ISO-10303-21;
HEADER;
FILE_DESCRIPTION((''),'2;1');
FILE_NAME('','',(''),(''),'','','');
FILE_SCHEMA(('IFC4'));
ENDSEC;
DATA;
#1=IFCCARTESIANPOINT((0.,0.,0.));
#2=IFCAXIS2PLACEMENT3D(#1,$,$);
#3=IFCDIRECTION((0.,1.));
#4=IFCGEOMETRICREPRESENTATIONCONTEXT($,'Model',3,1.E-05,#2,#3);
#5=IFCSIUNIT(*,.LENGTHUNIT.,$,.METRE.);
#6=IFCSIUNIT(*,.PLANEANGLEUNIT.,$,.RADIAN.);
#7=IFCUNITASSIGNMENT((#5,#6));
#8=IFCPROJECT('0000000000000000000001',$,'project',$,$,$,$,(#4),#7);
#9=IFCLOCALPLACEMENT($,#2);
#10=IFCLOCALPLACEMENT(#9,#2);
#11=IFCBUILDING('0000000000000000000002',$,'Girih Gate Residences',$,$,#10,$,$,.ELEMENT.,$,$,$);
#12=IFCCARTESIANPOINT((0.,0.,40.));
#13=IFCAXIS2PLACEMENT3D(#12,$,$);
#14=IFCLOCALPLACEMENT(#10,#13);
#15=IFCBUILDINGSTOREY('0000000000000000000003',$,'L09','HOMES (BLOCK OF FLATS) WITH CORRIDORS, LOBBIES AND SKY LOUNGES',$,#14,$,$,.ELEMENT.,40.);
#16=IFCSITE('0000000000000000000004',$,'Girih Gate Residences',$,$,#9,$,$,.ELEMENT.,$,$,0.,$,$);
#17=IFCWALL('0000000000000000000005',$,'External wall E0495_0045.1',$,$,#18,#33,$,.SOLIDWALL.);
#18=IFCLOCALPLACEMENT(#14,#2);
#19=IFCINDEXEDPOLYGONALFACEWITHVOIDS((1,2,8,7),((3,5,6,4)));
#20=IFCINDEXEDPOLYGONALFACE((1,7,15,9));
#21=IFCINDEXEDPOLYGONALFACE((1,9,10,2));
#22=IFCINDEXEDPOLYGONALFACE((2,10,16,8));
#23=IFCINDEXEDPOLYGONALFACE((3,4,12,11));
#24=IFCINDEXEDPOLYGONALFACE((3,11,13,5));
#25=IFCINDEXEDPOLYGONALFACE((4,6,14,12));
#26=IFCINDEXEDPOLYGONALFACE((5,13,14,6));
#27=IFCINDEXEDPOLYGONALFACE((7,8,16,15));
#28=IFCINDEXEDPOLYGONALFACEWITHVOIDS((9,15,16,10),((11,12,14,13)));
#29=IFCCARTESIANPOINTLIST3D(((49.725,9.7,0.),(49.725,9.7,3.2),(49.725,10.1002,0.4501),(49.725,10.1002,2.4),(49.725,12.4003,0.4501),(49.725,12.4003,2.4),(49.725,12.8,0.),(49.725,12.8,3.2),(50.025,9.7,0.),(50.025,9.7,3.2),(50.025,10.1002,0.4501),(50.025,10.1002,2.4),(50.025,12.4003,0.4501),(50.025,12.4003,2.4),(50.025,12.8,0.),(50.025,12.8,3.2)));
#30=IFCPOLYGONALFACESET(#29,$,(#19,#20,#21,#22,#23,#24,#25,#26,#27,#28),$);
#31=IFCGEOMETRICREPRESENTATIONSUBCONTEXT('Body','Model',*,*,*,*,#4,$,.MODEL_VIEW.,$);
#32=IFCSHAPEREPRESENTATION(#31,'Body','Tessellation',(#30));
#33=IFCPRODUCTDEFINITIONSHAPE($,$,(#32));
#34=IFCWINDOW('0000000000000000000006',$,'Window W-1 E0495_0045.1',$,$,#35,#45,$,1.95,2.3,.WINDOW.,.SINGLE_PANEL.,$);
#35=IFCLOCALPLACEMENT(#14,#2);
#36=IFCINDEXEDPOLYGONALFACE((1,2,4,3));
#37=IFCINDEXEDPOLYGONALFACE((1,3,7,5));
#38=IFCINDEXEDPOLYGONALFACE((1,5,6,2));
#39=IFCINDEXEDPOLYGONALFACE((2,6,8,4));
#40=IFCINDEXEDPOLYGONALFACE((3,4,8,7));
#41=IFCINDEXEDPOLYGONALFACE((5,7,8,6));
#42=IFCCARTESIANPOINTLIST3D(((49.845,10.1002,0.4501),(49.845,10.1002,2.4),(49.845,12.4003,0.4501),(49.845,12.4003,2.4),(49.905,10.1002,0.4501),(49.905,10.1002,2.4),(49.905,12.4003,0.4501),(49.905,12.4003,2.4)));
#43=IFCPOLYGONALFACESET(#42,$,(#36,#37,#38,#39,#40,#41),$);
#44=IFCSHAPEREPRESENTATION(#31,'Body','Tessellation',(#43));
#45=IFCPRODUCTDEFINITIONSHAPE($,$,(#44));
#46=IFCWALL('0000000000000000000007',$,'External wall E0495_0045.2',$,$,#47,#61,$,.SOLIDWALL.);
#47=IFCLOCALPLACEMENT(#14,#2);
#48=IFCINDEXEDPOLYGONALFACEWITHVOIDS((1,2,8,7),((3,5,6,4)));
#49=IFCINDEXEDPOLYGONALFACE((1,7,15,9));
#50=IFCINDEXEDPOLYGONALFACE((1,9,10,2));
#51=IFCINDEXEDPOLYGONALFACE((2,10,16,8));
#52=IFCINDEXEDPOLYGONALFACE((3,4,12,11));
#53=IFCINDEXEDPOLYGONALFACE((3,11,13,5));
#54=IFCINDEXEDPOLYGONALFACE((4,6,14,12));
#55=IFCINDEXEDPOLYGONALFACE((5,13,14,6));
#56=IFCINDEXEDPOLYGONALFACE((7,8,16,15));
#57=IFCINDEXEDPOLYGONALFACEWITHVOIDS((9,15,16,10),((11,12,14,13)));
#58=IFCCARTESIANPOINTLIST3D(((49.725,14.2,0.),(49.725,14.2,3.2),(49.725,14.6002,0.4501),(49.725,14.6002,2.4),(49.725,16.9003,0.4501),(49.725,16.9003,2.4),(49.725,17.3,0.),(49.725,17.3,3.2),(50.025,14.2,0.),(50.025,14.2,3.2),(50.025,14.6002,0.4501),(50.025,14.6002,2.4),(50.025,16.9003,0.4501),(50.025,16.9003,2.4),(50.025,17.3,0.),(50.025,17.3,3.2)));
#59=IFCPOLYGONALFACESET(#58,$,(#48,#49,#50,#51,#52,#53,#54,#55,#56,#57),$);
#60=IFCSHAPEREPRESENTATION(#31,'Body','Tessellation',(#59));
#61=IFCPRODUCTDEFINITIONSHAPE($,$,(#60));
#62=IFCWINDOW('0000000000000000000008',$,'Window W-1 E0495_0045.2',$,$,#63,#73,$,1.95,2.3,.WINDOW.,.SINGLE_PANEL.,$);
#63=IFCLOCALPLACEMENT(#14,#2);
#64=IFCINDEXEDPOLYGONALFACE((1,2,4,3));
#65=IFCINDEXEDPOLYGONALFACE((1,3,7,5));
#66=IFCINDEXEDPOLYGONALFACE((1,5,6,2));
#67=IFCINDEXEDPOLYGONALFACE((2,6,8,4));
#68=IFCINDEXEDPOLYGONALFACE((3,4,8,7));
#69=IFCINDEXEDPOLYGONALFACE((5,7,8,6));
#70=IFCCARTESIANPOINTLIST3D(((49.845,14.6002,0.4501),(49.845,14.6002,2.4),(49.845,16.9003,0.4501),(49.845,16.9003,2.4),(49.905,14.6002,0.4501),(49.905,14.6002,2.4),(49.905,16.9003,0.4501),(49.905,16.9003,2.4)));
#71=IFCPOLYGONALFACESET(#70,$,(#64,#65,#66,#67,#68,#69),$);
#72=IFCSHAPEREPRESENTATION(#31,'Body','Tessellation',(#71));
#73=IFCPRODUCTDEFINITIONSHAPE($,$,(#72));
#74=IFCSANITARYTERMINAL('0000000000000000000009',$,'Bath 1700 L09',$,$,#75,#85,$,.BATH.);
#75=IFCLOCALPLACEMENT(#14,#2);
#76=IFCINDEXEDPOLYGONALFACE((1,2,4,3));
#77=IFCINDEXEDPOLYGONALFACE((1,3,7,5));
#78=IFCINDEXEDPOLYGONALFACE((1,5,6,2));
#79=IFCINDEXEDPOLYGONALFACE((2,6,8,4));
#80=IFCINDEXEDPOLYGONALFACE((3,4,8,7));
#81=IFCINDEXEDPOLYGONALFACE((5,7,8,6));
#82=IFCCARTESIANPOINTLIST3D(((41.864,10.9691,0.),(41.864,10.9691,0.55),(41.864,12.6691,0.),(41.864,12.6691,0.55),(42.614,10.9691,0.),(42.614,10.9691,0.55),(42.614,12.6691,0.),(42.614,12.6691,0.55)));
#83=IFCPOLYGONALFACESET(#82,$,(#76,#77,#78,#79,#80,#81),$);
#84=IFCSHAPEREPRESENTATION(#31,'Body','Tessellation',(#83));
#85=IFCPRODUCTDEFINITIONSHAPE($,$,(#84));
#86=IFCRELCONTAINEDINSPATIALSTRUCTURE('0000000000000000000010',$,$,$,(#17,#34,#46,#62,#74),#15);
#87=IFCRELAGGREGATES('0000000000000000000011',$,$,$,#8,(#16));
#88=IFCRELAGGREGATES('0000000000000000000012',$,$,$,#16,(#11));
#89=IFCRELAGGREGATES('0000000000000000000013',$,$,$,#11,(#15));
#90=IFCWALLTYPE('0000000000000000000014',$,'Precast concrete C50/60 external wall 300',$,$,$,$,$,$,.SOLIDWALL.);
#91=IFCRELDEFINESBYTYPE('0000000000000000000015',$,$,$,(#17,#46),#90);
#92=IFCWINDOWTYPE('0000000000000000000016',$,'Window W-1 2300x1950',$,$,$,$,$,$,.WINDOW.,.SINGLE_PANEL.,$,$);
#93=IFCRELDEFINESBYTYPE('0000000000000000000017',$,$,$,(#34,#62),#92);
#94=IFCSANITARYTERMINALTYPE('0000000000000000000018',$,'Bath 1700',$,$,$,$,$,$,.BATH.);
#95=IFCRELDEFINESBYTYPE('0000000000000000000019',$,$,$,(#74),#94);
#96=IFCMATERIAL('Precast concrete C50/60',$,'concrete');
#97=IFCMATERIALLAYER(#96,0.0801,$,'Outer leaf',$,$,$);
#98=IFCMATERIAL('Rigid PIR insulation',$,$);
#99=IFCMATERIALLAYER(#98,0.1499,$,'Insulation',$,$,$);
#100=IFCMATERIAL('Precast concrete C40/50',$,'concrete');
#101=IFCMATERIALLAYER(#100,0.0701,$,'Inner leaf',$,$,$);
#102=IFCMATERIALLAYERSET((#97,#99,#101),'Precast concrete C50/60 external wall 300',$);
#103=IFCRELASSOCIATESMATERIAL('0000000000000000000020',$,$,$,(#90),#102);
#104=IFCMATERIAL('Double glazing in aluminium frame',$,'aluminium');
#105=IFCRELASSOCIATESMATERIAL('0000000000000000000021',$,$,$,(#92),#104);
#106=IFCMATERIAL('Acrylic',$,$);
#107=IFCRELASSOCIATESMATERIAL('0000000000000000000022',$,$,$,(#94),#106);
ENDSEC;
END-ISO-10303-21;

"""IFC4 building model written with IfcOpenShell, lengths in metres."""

from ifc_helpers import new_model, si_unit, direction, frame, frame_2d, origin, origin_2d, place, context, subcontext, project, spatial, rectangle, extrude, material, layer, layer_set, type_object, element, fill, save


model = new_model("IFC4")

# Units and contexts
model_context = context("Model", 3, precision=1e-05, world=origin(), true_north=direction((0.0, 1.0)))
body_context = subcontext(model_context, "Body", "Model", "MODEL_VIEW")
ifc_project = project(units=[si_unit("LENGTHUNIT", "METRE"), si_unit("PLANEANGLEUNIT", "RADIAN")], contexts=[model_context])

# Site, building, storey
site_placement = place(None, origin())
site = spatial("IfcSite", under=ifc_project, at=site_placement, Name="Girih Gate Residences", CompositionType="ELEMENT", RefElevation=0.0)
building_placement = place(site_placement, origin())
building = spatial("IfcBuilding", under=site, at=building_placement, Name="Girih Gate Residences", CompositionType="ELEMENT")
storey_placement = place(building_placement, frame((0.0, 0.0, 40.0)))
storey = spatial("IfcBuildingStorey", under=building, at=storey_placement, Name="L09", Description="HOMES (BLOCK OF FLATS) WITH CORRIDORS, LOBBIES AND SKY LOUNGES", CompositionType="ELEMENT", Elevation=40.0)

# Walls, openings, windows
ifc_material_1 = material(Name="Precast concrete C50/60", Category="concrete")
ifc_layer_1 = layer(ifc_material_1, 0.0801, Name="Outer leaf")
ifc_material_2 = material(Name="Rigid PIR insulation")
ifc_layer_2 = layer(ifc_material_2, 0.1499, Name="Insulation")
ifc_material_3 = material(Name="Precast concrete C40/50", Category="concrete")
ifc_layer_3 = layer(ifc_material_3, 0.0701, Name="Inner leaf")
ifc_layer_set_1 = layer_set([ifc_layer_1, ifc_layer_2, ifc_layer_3], Name="Precast concrete C50/60 external wall 300")
wall_type_1 = type_object("IfcWallType", Name="Precast concrete C50/60 external wall 300", PredefinedType="SOLIDWALL", material=ifc_layer_set_1)
wall_1_placement = place(storey_placement, frame((49.875, 12.8, 0.0), z_axis=(0.0, 0.0, 1.0), x_axis=(0.0, -1.0, 0.0)))
wall_1 = element("IfcWall", 1, at=wall_1_placement, inside=storey, type_object=wall_type_1, Name="External wall E0495_0045.1", PredefinedType="SOLIDWALL", context=body_context, shape_type="SweptSolid", body=[
    extrude(rectangle(XDim=3.1001, YDim=0.3, at=frame_2d((1.55, 0.0))), origin(), (0.0, 0.0, 1.0), 3.2),
])
opening_1_placement = place(wall_1_placement, frame((0.3999, 0.0, 0.45)))
opening_1 = element("IfcOpeningElement", 2, at=opening_1_placement, cuts=wall_1, PredefinedType="OPENING", context=body_context, shape_type="SweptSolid", body=[
    extrude(rectangle(XDim=2.3, YDim=1.95, at=frame_2d((1.1499, 0.9751))), frame((0.0, 0.1599, 0.0), z_axis=(0.0, -1.0, 0.0), x_axis=(1.0, 0.0, 0.0)), (0.0, 0.0, 1.0), 0.3201),
])
ifc_material_4 = material(Name="Double glazing in aluminium frame", Category="aluminium")
window_type = type_object("IfcWindowType", Name="Window W-1 2300x1950", PartitioningType="SINGLE_PANEL", PredefinedType="WINDOW", material=ifc_material_4)
window_1_placement = place(opening_1_placement, origin())
window_1 = element("IfcWindow", 3, at=window_1_placement, inside=storey, type_object=window_type, Name="Window W-1 E0495_0045.1", OverallHeight=1.95, OverallWidth=2.3, PartitioningType="SINGLE_PANEL", PredefinedType="WINDOW", context=body_context, shape_type="SweptSolid", body=[
    extrude(rectangle(XDim=2.3, YDim=1.95, at=frame_2d((1.1499, 0.9751))), frame((0.0, 0.03, 0.0), z_axis=(0.0, -1.0, 0.0), x_axis=(1.0, 0.0, 0.0)), (0.0, 0.0, 1.0), 0.0601),
])
fill(opening_1, window_1)
wall_2_placement = place(storey_placement, frame((49.875, 17.3, 0.0), z_axis=(0.0, 0.0, 1.0), x_axis=(0.0, -1.0, 0.0)))
wall_2 = element("IfcWall", 4, at=wall_2_placement, inside=storey, type_object=wall_type_1, Name="External wall E0495_0045.2", PredefinedType="SOLIDWALL", context=body_context, shape_type="SweptSolid", body=[
    extrude(rectangle(XDim=3.1001, YDim=0.3, at=frame_2d((1.55, 0.0))), origin(), (0.0, 0.0, 1.0), 3.2),
])
opening_2_placement = place(wall_2_placement, frame((0.3999, 0.0, 0.45)))
opening_2 = element("IfcOpeningElement", 5, at=opening_2_placement, cuts=wall_2, PredefinedType="OPENING", context=body_context, shape_type="SweptSolid", body=[
    extrude(rectangle(XDim=2.3, YDim=1.95, at=frame_2d((1.1499, 0.9751))), frame((0.0, 0.1599, 0.0), z_axis=(0.0, -1.0, 0.0), x_axis=(1.0, 0.0, 0.0)), (0.0, 0.0, 1.0), 0.3201),
])
window_2_placement = place(opening_2_placement, origin())
window_2 = element("IfcWindow", 6, at=window_2_placement, inside=storey, type_object=window_type, Name="Window W-1 E0495_0045.2", OverallHeight=1.95, OverallWidth=2.3, PartitioningType="SINGLE_PANEL", PredefinedType="WINDOW", context=body_context, shape_type="SweptSolid", body=[
    extrude(rectangle(XDim=2.3, YDim=1.95, at=frame_2d((1.1499, 0.9751))), frame((0.0, 0.03, 0.0), z_axis=(0.0, -1.0, 0.0), x_axis=(1.0, 0.0, 0.0)), (0.0, 0.0, 1.0), 0.0601),
])
fill(opening_2, window_2)

# Sanitary terminal
ifc_material_5 = material(Name="Acrylic")
sanitary_terminal_type = type_object("IfcSanitaryTerminalType", Name="Bath 1700", PredefinedType="BATH", material=ifc_material_5)
sanitary_terminal_placement = place(storey_placement, frame((42.239, 11.8191, 0.0), z_axis=(0.0, 0.0, 1.0), x_axis=(1.0, 0.0, 0.0)))
element("IfcSanitaryTerminal", 7, at=sanitary_terminal_placement, inside=storey, type_object=sanitary_terminal_type, Name="Bath 1700 L09", PredefinedType="BATH", context=body_context, shape_type="SweptSolid", body=[
    extrude(rectangle(XDim=0.75, YDim=1.7, at=origin_2d()), origin(), (0.0, 0.0, 1.0), 0.55),
])

save(model, "model.ifc")
